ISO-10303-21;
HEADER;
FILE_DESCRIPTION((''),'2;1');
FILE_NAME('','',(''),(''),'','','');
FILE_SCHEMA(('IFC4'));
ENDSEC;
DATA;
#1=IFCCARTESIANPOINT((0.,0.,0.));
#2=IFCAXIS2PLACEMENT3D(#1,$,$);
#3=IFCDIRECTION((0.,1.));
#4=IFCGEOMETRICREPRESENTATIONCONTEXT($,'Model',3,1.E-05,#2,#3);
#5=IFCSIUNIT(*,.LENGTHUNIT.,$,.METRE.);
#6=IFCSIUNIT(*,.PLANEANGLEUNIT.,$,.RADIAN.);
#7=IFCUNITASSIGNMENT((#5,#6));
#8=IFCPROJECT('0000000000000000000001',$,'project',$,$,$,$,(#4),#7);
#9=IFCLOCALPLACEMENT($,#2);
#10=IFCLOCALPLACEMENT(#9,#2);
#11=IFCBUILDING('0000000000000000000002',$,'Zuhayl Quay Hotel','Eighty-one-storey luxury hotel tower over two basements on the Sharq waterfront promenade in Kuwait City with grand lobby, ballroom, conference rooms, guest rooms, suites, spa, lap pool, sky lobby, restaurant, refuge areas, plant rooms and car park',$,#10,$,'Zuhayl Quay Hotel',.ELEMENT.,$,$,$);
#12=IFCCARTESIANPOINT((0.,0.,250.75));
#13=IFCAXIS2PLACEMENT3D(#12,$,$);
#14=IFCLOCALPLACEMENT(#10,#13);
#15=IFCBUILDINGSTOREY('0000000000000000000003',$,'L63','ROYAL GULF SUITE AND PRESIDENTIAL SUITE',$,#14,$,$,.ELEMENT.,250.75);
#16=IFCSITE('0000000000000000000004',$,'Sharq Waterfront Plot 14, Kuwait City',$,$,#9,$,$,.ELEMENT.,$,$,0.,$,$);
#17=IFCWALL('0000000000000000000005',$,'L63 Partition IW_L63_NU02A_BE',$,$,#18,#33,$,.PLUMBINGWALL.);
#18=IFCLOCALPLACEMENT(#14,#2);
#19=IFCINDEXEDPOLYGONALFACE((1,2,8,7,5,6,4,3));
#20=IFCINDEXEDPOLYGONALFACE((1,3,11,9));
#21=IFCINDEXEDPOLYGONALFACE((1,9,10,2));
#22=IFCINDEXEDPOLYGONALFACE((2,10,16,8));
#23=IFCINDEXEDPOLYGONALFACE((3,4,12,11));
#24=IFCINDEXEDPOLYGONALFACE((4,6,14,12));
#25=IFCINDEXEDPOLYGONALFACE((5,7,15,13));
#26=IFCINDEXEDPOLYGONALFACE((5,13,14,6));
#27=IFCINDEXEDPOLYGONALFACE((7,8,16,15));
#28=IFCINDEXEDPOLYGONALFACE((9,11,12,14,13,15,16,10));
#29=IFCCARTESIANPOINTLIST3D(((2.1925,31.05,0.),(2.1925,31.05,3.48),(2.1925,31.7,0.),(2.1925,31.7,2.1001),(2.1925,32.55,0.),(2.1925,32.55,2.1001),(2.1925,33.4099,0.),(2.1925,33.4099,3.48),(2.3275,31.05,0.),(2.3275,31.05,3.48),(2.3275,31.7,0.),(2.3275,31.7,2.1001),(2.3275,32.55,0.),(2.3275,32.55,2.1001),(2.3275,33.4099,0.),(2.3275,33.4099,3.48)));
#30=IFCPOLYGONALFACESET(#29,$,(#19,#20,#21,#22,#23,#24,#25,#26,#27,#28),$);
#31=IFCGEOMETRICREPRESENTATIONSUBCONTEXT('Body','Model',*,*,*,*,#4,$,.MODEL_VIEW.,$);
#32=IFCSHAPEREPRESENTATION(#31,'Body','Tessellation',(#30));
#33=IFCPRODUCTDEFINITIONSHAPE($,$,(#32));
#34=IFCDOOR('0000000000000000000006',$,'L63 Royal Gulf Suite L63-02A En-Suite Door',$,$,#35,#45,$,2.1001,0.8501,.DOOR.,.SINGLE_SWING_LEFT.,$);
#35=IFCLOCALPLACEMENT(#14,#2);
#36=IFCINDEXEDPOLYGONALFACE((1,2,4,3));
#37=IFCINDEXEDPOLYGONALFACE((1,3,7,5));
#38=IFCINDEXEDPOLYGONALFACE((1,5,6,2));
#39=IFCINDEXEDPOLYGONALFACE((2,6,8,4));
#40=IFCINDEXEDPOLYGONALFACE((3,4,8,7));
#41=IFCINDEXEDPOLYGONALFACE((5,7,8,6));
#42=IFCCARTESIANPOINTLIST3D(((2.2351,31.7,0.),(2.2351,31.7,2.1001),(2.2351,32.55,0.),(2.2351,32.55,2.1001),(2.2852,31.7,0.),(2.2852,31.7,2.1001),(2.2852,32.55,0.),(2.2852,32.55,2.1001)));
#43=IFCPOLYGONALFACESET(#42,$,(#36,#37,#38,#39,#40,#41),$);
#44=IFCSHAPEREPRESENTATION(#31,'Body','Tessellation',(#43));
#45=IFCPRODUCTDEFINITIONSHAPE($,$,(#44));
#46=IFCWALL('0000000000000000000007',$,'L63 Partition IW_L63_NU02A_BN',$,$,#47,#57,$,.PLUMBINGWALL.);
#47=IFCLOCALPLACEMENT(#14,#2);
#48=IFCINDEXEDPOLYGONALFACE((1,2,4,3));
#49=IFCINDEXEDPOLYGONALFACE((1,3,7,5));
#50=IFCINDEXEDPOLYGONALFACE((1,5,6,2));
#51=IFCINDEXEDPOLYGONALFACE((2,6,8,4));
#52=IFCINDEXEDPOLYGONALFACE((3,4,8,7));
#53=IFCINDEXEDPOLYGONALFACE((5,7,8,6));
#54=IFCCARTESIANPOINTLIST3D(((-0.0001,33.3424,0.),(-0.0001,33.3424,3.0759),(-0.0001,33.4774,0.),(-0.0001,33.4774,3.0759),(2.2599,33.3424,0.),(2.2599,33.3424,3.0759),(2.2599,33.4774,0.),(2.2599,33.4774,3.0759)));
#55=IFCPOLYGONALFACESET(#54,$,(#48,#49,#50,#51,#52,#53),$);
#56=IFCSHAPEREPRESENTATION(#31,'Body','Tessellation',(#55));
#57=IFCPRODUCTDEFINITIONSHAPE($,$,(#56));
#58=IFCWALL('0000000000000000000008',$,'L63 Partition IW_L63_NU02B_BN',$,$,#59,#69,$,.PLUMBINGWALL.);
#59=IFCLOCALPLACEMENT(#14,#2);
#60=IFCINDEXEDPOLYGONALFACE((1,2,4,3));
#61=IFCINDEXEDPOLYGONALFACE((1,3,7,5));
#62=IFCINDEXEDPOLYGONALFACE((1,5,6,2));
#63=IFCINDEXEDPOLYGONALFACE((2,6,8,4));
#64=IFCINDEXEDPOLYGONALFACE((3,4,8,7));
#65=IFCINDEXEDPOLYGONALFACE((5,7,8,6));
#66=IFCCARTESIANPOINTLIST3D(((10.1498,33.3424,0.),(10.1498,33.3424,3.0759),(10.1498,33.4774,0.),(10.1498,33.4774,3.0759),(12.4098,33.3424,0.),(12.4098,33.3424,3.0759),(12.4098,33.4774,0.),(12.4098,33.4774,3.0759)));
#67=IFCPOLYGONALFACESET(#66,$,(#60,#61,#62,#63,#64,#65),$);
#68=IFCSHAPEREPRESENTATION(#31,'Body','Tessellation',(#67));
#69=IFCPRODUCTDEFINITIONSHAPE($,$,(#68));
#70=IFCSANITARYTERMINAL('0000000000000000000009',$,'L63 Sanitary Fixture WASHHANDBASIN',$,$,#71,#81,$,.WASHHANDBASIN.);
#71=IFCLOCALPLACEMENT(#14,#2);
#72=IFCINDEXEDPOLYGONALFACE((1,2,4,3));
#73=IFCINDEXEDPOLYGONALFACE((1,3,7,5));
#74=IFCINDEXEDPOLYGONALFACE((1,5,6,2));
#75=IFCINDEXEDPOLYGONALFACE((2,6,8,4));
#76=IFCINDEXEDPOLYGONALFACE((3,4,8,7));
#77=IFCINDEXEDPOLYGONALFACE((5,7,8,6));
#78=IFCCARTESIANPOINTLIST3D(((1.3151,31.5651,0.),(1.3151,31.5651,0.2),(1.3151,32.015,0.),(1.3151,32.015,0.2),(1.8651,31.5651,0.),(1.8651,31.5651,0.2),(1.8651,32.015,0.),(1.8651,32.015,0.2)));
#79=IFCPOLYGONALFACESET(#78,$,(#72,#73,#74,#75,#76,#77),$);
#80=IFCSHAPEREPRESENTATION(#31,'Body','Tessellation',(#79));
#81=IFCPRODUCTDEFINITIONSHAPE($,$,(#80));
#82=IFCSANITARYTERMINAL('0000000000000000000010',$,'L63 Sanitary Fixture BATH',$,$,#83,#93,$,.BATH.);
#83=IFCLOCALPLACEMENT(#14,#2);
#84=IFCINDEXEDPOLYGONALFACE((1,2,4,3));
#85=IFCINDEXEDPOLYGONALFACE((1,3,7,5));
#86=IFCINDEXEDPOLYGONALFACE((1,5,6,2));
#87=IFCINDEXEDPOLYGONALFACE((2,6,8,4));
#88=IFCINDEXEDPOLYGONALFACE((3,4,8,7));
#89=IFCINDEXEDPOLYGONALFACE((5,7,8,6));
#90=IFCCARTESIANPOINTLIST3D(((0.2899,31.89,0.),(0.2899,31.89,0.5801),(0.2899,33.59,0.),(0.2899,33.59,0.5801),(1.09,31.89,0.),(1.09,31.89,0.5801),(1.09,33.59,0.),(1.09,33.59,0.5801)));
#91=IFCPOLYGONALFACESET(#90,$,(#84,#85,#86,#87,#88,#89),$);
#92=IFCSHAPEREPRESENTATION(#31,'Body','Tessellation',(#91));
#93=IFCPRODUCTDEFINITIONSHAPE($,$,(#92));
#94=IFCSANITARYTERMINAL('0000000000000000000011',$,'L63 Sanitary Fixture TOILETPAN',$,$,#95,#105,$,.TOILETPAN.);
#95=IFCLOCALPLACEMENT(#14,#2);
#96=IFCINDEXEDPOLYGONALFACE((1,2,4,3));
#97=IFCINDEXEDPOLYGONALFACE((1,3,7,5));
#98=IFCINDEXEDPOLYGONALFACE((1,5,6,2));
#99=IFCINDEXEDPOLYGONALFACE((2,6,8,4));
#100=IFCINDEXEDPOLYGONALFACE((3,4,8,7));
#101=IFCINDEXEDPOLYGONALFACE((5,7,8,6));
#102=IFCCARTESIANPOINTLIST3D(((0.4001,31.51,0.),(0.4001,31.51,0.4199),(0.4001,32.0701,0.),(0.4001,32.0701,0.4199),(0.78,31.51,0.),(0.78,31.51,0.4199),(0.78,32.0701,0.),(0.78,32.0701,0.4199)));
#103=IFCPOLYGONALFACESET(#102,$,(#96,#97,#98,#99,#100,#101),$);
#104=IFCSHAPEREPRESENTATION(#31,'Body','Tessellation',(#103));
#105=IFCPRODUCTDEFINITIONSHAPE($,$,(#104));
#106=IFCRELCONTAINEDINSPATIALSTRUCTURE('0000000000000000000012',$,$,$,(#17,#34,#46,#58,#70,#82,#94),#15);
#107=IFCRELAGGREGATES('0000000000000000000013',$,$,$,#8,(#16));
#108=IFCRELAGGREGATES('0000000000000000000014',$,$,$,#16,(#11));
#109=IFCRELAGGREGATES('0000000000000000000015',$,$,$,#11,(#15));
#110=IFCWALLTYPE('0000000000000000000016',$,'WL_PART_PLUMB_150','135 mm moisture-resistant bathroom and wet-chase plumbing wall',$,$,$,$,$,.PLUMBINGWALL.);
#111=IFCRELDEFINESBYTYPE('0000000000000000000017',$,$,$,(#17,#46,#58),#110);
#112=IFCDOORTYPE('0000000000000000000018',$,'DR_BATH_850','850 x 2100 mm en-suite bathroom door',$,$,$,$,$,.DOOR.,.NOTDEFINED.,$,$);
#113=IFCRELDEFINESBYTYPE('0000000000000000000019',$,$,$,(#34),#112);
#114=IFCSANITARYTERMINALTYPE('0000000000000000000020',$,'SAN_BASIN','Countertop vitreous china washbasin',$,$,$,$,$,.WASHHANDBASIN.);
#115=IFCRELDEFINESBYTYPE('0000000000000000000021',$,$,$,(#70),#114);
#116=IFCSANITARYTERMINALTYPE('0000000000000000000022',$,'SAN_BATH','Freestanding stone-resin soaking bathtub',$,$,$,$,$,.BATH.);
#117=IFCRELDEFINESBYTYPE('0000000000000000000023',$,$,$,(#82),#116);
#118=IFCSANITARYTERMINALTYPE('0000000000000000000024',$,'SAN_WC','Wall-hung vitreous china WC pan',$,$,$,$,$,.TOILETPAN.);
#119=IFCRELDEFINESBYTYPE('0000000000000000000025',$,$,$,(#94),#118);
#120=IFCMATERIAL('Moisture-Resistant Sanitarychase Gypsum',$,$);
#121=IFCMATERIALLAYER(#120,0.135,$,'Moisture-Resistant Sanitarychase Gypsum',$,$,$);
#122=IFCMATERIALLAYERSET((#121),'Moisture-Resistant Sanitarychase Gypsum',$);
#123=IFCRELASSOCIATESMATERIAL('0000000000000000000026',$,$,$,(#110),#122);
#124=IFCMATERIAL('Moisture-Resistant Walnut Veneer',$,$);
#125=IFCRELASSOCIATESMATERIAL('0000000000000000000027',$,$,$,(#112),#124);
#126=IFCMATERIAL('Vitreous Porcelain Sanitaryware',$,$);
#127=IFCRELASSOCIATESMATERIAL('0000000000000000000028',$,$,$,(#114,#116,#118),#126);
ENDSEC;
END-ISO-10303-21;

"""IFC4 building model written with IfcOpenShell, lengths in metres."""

from ifc_helpers import new_model, si_unit, direction, frame, frame_2d, origin, origin_2d, place, context, subcontext, project, spatial, rectangle, extrude, material, layer, layer_set, type_object, element, fill, save


model = new_model("IFC4")

# Units and contexts
model_context = context("Model", 3, precision=1e-05, world=origin(), true_north=direction((0.0, 1.0)))
body_context = subcontext(model_context, "Body", "Model", "MODEL_VIEW")
ifc_project = project(units=[si_unit("LENGTHUNIT", "METRE"), si_unit("PLANEANGLEUNIT", "RADIAN")], contexts=[model_context])

# Site, building, storey
site_placement = place(None, origin())
site = spatial("IfcSite", under=ifc_project, at=site_placement, Name="Sharq Waterfront Plot 14, Kuwait City", CompositionType="ELEMENT", RefElevation=0.0)
building_placement = place(site_placement, origin())
building = spatial("IfcBuilding", under=site, at=building_placement, Name="Zuhayl Quay Hotel", Description="Eighty-one-storey luxury hotel tower over two basements on the Sharq waterfront promenade in Kuwait City with grand lobby, ballroom, conference rooms, guest rooms, suites, spa, lap pool, sky lobby, restaurant, refuge areas, plant rooms and car park", LongName="Zuhayl Quay Hotel", CompositionType="ELEMENT")
storey_placement = place(building_placement, frame((0.0, 0.0, 250.75)))
storey = spatial("IfcBuildingStorey", under=building, at=storey_placement, Name="L63", Description="ROYAL GULF SUITE AND PRESIDENTIAL SUITE", CompositionType="ELEMENT", Elevation=250.75)

# Wall, opening, door
ifc_material_1 = material(Name="Moisture-Resistant Sanitarychase Gypsum")
ifc_layer_1 = layer(ifc_material_1, 0.135, Name="Moisture-Resistant Sanitarychase Gypsum")
ifc_layer_set_1 = layer_set([ifc_layer_1], Name="Moisture-Resistant Sanitarychase Gypsum")
wall_type_1 = type_object("IfcWallType", Name="WL_PART_PLUMB_150", Description="135 mm moisture-resistant bathroom and wet-chase plumbing wall", PredefinedType="PLUMBINGWALL", material=ifc_layer_set_1)
wall_1_placement = place(storey_placement, frame((2.26, 31.05, 0.0), z_axis=(0.0, 0.0, 1.0), x_axis=(0.0, 1.0, 0.0)))
wall_1 = element("IfcWall", 1, at=wall_1_placement, inside=storey, type_object=wall_type_1, Name="L63 Partition IW_L63_NU02A_BE", PredefinedType="PLUMBINGWALL", context=body_context, shape_type="SweptSolid", body=[
    extrude(rectangle(XDim=2.3599, YDim=0.135, at=frame_2d((1.1799, 0.0))), origin(), (0.0, 0.0, 1.0), 3.48),
])
opening_1_placement = place(wall_1_placement, frame((0.6499, 0.0, 0.0)))
opening_1 = element("IfcOpeningElement", 2, at=opening_1_placement, cuts=wall_1, PredefinedType="OPENING", context=body_context, shape_type="SweptSolid", body=[
    extrude(rectangle(XDim=0.8501, YDim=2.1001, at=frame_2d((0.425, 1.05))), frame((0.0, 0.0774, 0.0), z_axis=(0.0, -1.0, 0.0), x_axis=(1.0, 0.0, 0.0)), (0.0, 0.0, 1.0), 0.155),
])
ifc_material_2 = material(Name="Moisture-Resistant Walnut Veneer")
door_type_1 = type_object("IfcDoorType", Name="DR_BATH_850", Description="850 x 2100 mm en-suite bathroom door", OperationType="NOTDEFINED", PredefinedType="DOOR", material=ifc_material_2)
door_1_placement = place(opening_1_placement, origin())
door_1 = element("IfcDoor", 3, at=door_1_placement, inside=storey, type_object=door_type_1, Name="L63 Royal Gulf Suite L63-02A En-Suite Door", OperationType="SINGLE_SWING_LEFT", OverallHeight=2.1001, OverallWidth=0.8501, PredefinedType="DOOR", context=body_context, shape_type="SweptSolid", body=[
    extrude(rectangle(XDim=0.8501, YDim=2.1001, at=frame_2d((0.425, 1.05))), frame((0.0, 0.0249, 0.0), z_axis=(0.0, -1.0, 0.0), x_axis=(1.0, 0.0, 0.0)), (0.0, 0.0, 1.0), 0.05),
])
fill(opening_1, door_1)

# Walls
for number, where, z_axis, x_axis, name in (
    (4, (0.0, 33.4099, 0.0), (0.0, 0.0, 1.0), (1.0, 0.0, 0.0), "L63 Partition IW_L63_NU02A_BN"),
    (5, (10.1499, 33.4099, 0.0), (0.0, 0.0, 1.0), (1.0, 0.0, 0.0), "L63 Partition IW_L63_NU02B_BN"),
):
    element("IfcWall", number, at=place(storey_placement, frame(where, z_axis=z_axis, x_axis=x_axis)), inside=storey, type_object=wall_type_1, Name=name, PredefinedType="PLUMBINGWALL", context=body_context, shape_type="SweptSolid", body=[
        extrude(rectangle(XDim=2.26, YDim=0.135, at=frame_2d((1.1299, 0.0))), origin(), (0.0, 0.0, 1.0), 3.0759),
    ])

# Sanitary terminals
ifc_material_3 = material(Name="Vitreous Porcelain Sanitaryware")
sanitary_terminal_type_1 = type_object("IfcSanitaryTerminalType", Name="SAN_BASIN", Description="Countertop vitreous china washbasin", PredefinedType="WASHHANDBASIN", material=ifc_material_3)
sanitary_terminal_1_placement = place(storey_placement, frame((1.5901, 31.79, 0.0), z_axis=(0.0, 0.0, 1.0), x_axis=(1.0, 0.0, 0.0)))
element("IfcSanitaryTerminal", 6, at=sanitary_terminal_1_placement, inside=storey, type_object=sanitary_terminal_type_1, Name="L63 Sanitary Fixture WASHHANDBASIN", PredefinedType="WASHHANDBASIN", context=body_context, shape_type="SweptSolid", body=[
    extrude(rectangle(XDim=0.55, YDim=0.45, at=origin_2d()), origin(), (0.0, 0.0, 1.0), 0.2),
])
sanitary_terminal_type_2 = type_object("IfcSanitaryTerminalType", Name="SAN_BATH", Description="Freestanding stone-resin soaking bathtub", PredefinedType="BATH", material=ifc_material_3)
sanitary_terminal_2_placement = place(storey_placement, frame((0.6899, 32.74, 0.0), z_axis=(0.0, 0.0, 1.0), x_axis=(1.0, 0.0, 0.0)))
element("IfcSanitaryTerminal", 7, at=sanitary_terminal_2_placement, inside=storey, type_object=sanitary_terminal_type_2, Name="L63 Sanitary Fixture BATH", PredefinedType="BATH", context=body_context, shape_type="SweptSolid", body=[
    extrude(rectangle(XDim=0.8, YDim=1.7, at=origin_2d()), origin(), (0.0, 0.0, 1.0), 0.5801),
])
sanitary_terminal_type_3 = type_object("IfcSanitaryTerminalType", Name="SAN_WC", Description="Wall-hung vitreous china WC pan", PredefinedType="TOILETPAN", material=ifc_material_3)
sanitary_terminal_3_placement = place(storey_placement, frame((0.5901, 31.79, 0.0), z_axis=(0.0, 0.0, 1.0), x_axis=(1.0, 0.0, 0.0)))
element("IfcSanitaryTerminal", 8, at=sanitary_terminal_3_placement, inside=storey, type_object=sanitary_terminal_type_3, Name="L63 Sanitary Fixture TOILETPAN", PredefinedType="TOILETPAN", context=body_context, shape_type="SweptSolid", body=[
    extrude(rectangle(XDim=0.3799, YDim=0.5601, at=origin_2d()), origin(), (0.0, 0.0, 1.0), 0.4199),
])

save(model, "model.ifc")
